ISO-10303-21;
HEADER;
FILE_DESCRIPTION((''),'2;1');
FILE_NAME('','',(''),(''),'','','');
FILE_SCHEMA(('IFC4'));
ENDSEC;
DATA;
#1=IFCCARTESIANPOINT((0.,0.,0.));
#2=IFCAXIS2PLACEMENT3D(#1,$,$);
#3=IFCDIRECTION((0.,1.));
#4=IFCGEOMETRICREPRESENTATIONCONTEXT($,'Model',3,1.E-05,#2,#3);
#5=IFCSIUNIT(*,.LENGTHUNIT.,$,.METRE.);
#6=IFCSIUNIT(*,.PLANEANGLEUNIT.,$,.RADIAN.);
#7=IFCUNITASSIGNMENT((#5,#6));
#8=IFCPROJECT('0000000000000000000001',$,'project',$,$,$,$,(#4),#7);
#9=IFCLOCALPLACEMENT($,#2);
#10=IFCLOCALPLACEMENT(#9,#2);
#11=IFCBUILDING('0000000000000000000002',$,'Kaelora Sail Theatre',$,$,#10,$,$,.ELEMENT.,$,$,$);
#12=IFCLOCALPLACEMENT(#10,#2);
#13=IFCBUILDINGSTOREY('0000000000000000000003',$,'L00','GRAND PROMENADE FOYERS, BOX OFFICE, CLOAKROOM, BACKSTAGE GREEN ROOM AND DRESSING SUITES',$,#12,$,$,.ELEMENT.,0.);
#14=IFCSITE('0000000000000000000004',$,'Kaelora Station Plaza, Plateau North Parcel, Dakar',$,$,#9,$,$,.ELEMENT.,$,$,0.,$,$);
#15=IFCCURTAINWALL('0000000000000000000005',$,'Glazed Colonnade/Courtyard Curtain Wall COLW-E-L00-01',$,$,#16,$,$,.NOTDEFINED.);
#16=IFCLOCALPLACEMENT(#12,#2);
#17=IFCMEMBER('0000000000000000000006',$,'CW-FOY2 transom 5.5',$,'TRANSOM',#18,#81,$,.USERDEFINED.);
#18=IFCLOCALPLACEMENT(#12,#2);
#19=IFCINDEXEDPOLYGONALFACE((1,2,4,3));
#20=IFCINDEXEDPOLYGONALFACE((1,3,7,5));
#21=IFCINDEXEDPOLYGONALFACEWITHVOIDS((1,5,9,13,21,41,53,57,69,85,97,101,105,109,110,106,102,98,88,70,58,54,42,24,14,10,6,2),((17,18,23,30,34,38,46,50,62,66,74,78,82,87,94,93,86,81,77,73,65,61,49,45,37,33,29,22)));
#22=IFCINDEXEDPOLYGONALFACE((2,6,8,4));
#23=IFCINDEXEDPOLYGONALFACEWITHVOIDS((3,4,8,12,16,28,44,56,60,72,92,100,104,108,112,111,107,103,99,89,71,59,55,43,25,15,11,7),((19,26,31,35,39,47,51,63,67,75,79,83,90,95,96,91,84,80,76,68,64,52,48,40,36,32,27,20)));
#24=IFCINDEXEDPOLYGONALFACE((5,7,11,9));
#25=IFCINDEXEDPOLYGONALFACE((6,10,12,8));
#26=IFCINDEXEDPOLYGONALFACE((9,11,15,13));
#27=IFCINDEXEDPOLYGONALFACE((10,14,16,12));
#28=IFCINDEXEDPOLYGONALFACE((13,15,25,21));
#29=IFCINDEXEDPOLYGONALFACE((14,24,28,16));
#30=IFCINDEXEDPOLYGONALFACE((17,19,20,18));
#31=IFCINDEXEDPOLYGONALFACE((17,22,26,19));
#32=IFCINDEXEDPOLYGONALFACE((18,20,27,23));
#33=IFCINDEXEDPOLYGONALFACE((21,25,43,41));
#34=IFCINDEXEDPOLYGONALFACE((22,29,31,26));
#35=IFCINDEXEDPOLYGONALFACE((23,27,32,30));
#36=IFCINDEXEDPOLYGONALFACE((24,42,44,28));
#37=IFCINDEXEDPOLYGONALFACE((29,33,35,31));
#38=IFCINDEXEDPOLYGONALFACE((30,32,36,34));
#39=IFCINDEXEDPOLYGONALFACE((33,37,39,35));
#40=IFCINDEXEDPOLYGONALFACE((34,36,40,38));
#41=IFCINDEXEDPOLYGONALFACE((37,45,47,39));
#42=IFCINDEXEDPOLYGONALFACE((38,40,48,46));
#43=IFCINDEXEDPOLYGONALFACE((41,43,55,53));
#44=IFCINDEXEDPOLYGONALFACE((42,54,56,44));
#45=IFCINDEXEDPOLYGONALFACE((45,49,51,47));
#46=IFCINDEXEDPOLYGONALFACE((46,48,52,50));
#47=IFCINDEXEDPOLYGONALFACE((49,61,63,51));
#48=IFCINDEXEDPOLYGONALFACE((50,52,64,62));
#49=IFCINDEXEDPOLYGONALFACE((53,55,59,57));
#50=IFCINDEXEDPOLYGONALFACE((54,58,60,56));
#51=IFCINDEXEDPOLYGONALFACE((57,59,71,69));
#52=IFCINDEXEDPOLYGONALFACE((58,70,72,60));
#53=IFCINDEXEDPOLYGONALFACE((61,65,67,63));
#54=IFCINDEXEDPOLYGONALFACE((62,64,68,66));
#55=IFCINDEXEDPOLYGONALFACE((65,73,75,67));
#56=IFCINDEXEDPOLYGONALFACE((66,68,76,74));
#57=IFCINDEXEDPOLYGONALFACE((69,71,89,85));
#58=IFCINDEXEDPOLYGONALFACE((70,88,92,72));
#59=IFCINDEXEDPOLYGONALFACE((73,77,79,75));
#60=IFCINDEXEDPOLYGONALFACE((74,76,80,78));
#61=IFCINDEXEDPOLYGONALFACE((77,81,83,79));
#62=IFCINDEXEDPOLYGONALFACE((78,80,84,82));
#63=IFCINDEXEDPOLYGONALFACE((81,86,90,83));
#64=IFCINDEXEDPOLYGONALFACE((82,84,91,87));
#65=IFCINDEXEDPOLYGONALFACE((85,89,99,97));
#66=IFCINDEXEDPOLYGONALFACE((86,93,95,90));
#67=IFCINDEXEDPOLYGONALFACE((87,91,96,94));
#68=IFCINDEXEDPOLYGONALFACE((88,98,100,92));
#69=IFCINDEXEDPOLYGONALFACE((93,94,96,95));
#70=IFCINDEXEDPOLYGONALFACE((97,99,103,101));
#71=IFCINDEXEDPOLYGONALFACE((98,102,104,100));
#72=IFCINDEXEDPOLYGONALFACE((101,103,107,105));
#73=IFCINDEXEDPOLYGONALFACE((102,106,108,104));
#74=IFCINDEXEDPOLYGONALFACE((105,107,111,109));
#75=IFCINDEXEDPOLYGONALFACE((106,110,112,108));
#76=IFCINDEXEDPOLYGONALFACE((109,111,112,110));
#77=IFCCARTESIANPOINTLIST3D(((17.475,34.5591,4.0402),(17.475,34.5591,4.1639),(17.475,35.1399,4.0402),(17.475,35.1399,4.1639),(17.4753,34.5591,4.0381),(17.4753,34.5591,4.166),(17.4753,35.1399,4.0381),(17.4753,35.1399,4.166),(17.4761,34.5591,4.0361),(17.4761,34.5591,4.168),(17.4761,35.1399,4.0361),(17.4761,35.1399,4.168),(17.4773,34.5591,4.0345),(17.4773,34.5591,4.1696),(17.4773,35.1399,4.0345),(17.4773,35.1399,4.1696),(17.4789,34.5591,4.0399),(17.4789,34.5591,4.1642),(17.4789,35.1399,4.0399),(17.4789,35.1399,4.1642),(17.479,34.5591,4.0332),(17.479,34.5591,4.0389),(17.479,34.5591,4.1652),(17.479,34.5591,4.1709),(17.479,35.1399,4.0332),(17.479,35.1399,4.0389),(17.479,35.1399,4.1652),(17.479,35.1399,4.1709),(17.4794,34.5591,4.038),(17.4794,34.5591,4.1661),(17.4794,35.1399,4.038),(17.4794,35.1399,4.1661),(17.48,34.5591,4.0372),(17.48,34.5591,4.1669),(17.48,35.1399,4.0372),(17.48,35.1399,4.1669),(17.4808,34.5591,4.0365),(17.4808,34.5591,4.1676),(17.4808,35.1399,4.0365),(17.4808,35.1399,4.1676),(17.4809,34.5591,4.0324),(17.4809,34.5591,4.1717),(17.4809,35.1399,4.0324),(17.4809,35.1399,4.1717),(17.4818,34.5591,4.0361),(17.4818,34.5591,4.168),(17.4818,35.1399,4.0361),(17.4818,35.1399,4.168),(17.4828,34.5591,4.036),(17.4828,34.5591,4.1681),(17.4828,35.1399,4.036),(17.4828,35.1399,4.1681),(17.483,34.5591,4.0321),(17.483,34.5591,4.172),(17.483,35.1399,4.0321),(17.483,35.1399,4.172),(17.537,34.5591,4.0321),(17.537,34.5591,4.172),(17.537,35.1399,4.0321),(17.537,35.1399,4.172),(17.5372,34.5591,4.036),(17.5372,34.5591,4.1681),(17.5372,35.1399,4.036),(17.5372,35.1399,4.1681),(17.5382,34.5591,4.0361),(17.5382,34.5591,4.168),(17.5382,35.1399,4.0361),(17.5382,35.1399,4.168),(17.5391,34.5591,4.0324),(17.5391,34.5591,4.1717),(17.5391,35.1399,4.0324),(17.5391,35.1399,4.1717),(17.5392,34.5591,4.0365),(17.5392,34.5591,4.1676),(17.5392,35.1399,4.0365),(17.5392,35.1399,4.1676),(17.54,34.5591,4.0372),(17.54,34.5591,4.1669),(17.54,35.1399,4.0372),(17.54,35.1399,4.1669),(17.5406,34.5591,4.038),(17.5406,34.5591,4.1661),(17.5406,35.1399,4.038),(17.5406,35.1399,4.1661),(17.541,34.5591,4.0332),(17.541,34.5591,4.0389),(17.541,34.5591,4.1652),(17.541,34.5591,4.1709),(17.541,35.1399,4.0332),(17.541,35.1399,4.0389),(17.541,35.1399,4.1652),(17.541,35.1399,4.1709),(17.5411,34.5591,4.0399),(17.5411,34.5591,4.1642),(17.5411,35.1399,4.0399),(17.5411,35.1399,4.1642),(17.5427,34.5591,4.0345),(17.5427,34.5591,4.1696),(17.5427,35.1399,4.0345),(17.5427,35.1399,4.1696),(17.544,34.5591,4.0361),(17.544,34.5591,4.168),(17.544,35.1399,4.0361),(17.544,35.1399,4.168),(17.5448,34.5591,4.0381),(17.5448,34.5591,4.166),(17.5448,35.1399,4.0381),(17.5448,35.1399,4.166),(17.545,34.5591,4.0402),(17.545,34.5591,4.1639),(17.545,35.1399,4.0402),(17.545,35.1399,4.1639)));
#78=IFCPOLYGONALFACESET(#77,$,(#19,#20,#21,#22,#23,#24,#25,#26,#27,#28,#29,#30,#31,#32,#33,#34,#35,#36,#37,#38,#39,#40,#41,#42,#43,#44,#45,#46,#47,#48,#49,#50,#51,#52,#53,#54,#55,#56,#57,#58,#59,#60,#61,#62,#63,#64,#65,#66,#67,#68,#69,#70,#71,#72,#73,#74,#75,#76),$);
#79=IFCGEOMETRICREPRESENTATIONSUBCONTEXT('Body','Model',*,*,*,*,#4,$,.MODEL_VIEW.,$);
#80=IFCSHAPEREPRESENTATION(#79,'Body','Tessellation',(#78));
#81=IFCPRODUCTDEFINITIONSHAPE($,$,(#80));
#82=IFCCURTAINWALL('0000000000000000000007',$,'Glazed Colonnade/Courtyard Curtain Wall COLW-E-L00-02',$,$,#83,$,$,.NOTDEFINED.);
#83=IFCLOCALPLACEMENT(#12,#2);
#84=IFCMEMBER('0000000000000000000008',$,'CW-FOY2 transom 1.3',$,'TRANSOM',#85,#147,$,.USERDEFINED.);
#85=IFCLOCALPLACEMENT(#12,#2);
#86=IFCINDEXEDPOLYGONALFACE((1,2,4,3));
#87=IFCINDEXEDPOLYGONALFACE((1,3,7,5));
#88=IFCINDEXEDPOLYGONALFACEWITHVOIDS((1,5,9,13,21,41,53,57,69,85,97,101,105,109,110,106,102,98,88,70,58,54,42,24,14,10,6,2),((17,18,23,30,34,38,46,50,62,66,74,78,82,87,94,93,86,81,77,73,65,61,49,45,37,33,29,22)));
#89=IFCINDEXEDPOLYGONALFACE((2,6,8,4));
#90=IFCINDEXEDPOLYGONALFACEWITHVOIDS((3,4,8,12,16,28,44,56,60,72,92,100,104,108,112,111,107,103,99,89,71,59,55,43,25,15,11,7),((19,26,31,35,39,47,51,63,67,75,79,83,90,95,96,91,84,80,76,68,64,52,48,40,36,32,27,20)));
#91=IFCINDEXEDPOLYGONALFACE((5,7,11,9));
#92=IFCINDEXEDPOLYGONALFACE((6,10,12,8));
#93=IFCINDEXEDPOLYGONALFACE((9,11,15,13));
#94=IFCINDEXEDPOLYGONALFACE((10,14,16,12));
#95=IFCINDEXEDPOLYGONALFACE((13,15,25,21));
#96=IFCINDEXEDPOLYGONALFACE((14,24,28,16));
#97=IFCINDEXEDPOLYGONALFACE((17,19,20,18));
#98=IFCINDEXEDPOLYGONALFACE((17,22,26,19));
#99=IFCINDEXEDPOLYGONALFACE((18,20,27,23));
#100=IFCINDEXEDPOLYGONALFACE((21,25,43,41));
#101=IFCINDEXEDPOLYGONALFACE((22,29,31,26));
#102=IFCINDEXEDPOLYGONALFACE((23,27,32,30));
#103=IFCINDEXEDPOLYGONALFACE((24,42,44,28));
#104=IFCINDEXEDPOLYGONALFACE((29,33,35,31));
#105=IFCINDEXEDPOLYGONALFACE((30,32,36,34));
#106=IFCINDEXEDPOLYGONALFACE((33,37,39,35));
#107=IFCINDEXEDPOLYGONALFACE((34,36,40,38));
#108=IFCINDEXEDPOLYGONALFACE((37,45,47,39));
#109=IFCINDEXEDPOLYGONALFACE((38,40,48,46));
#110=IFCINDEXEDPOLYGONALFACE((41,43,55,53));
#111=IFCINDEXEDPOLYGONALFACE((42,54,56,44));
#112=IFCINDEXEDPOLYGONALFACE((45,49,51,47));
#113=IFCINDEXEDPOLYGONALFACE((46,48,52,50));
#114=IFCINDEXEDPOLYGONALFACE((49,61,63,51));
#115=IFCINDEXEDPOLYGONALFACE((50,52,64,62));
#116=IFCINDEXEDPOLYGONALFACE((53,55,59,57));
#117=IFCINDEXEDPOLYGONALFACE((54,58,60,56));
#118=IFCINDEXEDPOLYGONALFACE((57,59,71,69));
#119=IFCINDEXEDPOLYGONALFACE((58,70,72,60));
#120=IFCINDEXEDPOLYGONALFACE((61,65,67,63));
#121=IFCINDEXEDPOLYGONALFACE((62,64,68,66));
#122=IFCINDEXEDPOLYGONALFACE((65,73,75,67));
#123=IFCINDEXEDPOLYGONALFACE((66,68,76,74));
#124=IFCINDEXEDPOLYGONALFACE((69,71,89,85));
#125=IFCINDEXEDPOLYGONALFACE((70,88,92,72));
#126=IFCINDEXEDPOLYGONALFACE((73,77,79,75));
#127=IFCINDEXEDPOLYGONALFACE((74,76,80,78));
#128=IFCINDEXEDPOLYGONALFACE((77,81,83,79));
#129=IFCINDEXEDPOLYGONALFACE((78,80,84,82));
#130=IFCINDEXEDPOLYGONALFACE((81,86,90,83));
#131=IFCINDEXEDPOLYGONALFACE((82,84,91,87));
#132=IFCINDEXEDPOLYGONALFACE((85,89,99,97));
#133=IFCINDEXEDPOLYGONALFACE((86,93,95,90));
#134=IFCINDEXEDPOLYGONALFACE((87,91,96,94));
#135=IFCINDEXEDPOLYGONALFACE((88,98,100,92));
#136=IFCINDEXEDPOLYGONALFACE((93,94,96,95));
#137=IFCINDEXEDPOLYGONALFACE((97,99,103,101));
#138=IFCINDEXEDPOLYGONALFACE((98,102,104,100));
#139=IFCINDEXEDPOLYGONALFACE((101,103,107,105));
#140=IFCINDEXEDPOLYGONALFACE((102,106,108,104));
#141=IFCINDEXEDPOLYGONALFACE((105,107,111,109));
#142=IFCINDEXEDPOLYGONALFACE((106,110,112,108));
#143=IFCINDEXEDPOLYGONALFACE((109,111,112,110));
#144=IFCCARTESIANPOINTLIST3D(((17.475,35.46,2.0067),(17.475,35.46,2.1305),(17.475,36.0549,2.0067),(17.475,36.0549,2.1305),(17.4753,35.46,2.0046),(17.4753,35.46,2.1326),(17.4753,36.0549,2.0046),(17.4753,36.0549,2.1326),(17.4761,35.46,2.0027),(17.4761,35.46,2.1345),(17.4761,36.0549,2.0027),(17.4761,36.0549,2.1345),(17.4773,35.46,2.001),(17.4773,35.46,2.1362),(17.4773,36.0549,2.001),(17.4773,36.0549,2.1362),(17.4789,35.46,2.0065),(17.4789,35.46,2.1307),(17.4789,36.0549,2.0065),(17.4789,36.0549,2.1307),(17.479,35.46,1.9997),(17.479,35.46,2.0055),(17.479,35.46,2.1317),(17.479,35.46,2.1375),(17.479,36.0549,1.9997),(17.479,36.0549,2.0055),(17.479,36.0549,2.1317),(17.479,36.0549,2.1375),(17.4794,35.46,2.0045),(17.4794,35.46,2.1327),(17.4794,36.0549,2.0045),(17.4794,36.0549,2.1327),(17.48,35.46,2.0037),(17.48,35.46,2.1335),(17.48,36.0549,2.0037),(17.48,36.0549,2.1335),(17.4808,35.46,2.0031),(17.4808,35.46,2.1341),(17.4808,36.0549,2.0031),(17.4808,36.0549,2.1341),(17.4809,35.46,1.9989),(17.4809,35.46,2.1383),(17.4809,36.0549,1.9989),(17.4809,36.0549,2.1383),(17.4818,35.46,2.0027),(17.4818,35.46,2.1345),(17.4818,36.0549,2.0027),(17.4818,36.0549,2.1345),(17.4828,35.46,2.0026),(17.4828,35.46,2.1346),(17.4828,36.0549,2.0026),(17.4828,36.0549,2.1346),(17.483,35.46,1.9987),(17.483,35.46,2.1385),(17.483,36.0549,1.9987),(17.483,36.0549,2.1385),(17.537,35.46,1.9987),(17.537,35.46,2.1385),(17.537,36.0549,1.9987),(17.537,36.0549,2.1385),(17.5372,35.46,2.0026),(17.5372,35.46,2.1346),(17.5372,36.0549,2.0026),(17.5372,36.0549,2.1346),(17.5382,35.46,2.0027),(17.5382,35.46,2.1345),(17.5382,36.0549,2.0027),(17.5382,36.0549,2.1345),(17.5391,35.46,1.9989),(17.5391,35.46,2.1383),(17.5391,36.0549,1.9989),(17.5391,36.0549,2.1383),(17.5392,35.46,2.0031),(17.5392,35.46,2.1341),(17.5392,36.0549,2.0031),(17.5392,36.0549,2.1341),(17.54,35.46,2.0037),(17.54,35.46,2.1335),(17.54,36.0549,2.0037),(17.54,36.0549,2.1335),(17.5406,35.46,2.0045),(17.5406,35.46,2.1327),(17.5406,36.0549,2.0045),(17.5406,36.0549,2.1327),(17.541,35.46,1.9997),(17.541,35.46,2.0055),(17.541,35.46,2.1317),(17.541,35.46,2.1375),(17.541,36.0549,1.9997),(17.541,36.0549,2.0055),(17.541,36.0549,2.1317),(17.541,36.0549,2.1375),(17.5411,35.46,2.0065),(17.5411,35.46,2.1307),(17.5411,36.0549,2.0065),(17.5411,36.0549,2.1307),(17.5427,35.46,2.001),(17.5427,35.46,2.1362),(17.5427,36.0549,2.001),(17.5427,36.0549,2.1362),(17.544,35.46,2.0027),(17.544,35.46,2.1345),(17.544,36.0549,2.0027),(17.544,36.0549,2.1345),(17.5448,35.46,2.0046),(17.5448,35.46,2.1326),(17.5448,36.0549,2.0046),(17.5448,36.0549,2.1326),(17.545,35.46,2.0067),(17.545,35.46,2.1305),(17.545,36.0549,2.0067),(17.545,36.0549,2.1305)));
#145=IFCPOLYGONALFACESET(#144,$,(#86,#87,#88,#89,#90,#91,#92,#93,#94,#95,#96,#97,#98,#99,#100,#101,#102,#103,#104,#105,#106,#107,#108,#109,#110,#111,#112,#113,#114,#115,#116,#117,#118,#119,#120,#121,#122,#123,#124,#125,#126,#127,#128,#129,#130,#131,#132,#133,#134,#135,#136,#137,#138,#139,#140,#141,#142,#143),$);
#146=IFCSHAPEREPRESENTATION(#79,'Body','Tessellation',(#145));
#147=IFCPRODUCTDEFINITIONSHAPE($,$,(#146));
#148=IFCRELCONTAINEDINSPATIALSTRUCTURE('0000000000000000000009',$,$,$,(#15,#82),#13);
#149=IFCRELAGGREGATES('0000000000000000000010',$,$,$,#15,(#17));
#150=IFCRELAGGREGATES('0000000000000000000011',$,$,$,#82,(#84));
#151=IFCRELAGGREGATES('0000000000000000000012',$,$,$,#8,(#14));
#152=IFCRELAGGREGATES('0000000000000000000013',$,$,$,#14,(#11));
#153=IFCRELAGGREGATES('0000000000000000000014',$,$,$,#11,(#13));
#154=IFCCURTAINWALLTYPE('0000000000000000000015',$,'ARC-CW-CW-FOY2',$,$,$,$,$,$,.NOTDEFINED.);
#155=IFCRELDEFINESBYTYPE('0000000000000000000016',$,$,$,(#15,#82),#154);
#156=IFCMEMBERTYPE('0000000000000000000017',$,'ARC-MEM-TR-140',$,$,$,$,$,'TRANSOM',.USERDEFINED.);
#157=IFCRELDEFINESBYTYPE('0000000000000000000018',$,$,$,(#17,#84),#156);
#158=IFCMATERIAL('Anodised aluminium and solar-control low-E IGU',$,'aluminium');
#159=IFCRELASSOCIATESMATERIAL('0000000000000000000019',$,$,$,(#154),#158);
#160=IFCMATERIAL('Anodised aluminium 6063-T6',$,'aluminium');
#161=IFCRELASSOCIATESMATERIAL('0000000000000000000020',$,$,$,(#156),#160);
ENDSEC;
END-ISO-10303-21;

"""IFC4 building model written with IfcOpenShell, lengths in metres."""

from ifc_helpers import new_model, si_unit, direction, frame, origin, origin_2d, place, context, subcontext, project, spatial, hollow_rectangle, extrude, material, material_profile, profile_set, type_object, element, aggregate, save


model = new_model("IFC4")

# Units and contexts
model_context = context("Model", 3, precision=1e-05, world=origin(), true_north=direction((0.0, 1.0)))
body_context = subcontext(model_context, "Body", "Model", "MODEL_VIEW")
ifc_project = project(units=[si_unit("LENGTHUNIT", "METRE"), si_unit("PLANEANGLEUNIT", "RADIAN")], contexts=[model_context])

# Site, building, storey
site_placement = place(None, origin())
site = spatial("IfcSite", under=ifc_project, at=site_placement, Name="Kaelora Station Plaza, Plateau North Parcel, Dakar", CompositionType="ELEMENT", RefElevation=0.0)
building_placement = place(site_placement, origin())
building = spatial("IfcBuilding", under=site, at=building_placement, Name="Kaelora Sail Theatre", CompositionType="ELEMENT")
storey_placement = place(building_placement, origin())
storey = spatial("IfcBuildingStorey", under=building, at=storey_placement, Name="L00", Description="GRAND PROMENADE FOYERS, BOX OFFICE, CLOAKROOM, BACKSTAGE GREEN ROOM AND DRESSING SUITES", CompositionType="ELEMENT", Elevation=0.0)

# Curtain walls, members
ifc_material_1 = material(Name="Anodised aluminium and solar-control low-E IGU", Category="aluminium")
curtain_wall_type = type_object("IfcCurtainWallType", Name="ARC-CW-CW-FOY2", PredefinedType="NOTDEFINED", material=ifc_material_1)
curtain_wall_1_placement = place(storey_placement, origin())
curtain_wall_1 = element("IfcCurtainWall", 1, at=curtain_wall_1_placement, inside=storey, type_object=curtain_wall_type, Name="Glazed Colonnade/Courtyard Curtain Wall COLW-E-L00-01", PredefinedType="NOTDEFINED")
ifc_material_2 = material(Name="Anodised aluminium 6063-T6", Category="aluminium")
ifc_material_profile = material_profile(ifc_material_2, hollow_rectangle(XDim=0.0701, YDim=0.1399, WallThickness=0.0039, InnerFilletRadius=0.0039, OuterFilletRadius=0.0081, at=origin_2d()), Name="ALU-TRAN 70x140x4")
ifc_profile_set = profile_set([ifc_material_profile], Name="Anodised aluminium 6063-T6")
member_type = type_object("IfcMemberType", Name="ARC-MEM-TR-140", ElementType="TRANSOM", PredefinedType="USERDEFINED", material=ifc_profile_set)
member_1_placement = place(storey_placement, frame((17.51, 34.5591, 4.1021), z_axis=(0.0, 1.0, 0.0), x_axis=(-1.0, 0.0, 0.0)))
member_1 = element("IfcMember", 2, at=member_1_placement, type_object=member_type, Name="CW-FOY2 transom 5.5", ObjectType="TRANSOM", PredefinedType="USERDEFINED", context=body_context, shape_type="SweptSolid", body=[
    extrude(hollow_rectangle(XDim=0.0701, YDim=0.1399, WallThickness=0.0039, InnerFilletRadius=0.0039, OuterFilletRadius=0.0081, at=origin_2d()), origin(), (0.0, 0.0, 1.0), 0.5808),
])
curtain_wall_2_placement = place(storey_placement, origin())
curtain_wall_2 = element("IfcCurtainWall", 3, at=curtain_wall_2_placement, inside=storey, type_object=curtain_wall_type, Name="Glazed Colonnade/Courtyard Curtain Wall COLW-E-L00-02", PredefinedType="NOTDEFINED")
member_2_placement = place(storey_placement, frame((17.51, 35.46, 2.0686), z_axis=(0.0, 1.0, 0.0), x_axis=(-1.0, 0.0, 0.0)))
member_2 = element("IfcMember", 4, at=member_2_placement, type_object=member_type, Name="CW-FOY2 transom 1.3", ObjectType="TRANSOM", PredefinedType="USERDEFINED", context=body_context, shape_type="SweptSolid", body=[
    extrude(hollow_rectangle(XDim=0.0701, YDim=0.1399, WallThickness=0.0039, InnerFilletRadius=0.0039, OuterFilletRadius=0.0081, at=origin_2d()), origin(), (0.0, 0.0, 1.0), 0.595),
])

aggregate(curtain_wall_1, [member_1])
aggregate(curtain_wall_2, [member_2])

save(model, "model.ifc")
